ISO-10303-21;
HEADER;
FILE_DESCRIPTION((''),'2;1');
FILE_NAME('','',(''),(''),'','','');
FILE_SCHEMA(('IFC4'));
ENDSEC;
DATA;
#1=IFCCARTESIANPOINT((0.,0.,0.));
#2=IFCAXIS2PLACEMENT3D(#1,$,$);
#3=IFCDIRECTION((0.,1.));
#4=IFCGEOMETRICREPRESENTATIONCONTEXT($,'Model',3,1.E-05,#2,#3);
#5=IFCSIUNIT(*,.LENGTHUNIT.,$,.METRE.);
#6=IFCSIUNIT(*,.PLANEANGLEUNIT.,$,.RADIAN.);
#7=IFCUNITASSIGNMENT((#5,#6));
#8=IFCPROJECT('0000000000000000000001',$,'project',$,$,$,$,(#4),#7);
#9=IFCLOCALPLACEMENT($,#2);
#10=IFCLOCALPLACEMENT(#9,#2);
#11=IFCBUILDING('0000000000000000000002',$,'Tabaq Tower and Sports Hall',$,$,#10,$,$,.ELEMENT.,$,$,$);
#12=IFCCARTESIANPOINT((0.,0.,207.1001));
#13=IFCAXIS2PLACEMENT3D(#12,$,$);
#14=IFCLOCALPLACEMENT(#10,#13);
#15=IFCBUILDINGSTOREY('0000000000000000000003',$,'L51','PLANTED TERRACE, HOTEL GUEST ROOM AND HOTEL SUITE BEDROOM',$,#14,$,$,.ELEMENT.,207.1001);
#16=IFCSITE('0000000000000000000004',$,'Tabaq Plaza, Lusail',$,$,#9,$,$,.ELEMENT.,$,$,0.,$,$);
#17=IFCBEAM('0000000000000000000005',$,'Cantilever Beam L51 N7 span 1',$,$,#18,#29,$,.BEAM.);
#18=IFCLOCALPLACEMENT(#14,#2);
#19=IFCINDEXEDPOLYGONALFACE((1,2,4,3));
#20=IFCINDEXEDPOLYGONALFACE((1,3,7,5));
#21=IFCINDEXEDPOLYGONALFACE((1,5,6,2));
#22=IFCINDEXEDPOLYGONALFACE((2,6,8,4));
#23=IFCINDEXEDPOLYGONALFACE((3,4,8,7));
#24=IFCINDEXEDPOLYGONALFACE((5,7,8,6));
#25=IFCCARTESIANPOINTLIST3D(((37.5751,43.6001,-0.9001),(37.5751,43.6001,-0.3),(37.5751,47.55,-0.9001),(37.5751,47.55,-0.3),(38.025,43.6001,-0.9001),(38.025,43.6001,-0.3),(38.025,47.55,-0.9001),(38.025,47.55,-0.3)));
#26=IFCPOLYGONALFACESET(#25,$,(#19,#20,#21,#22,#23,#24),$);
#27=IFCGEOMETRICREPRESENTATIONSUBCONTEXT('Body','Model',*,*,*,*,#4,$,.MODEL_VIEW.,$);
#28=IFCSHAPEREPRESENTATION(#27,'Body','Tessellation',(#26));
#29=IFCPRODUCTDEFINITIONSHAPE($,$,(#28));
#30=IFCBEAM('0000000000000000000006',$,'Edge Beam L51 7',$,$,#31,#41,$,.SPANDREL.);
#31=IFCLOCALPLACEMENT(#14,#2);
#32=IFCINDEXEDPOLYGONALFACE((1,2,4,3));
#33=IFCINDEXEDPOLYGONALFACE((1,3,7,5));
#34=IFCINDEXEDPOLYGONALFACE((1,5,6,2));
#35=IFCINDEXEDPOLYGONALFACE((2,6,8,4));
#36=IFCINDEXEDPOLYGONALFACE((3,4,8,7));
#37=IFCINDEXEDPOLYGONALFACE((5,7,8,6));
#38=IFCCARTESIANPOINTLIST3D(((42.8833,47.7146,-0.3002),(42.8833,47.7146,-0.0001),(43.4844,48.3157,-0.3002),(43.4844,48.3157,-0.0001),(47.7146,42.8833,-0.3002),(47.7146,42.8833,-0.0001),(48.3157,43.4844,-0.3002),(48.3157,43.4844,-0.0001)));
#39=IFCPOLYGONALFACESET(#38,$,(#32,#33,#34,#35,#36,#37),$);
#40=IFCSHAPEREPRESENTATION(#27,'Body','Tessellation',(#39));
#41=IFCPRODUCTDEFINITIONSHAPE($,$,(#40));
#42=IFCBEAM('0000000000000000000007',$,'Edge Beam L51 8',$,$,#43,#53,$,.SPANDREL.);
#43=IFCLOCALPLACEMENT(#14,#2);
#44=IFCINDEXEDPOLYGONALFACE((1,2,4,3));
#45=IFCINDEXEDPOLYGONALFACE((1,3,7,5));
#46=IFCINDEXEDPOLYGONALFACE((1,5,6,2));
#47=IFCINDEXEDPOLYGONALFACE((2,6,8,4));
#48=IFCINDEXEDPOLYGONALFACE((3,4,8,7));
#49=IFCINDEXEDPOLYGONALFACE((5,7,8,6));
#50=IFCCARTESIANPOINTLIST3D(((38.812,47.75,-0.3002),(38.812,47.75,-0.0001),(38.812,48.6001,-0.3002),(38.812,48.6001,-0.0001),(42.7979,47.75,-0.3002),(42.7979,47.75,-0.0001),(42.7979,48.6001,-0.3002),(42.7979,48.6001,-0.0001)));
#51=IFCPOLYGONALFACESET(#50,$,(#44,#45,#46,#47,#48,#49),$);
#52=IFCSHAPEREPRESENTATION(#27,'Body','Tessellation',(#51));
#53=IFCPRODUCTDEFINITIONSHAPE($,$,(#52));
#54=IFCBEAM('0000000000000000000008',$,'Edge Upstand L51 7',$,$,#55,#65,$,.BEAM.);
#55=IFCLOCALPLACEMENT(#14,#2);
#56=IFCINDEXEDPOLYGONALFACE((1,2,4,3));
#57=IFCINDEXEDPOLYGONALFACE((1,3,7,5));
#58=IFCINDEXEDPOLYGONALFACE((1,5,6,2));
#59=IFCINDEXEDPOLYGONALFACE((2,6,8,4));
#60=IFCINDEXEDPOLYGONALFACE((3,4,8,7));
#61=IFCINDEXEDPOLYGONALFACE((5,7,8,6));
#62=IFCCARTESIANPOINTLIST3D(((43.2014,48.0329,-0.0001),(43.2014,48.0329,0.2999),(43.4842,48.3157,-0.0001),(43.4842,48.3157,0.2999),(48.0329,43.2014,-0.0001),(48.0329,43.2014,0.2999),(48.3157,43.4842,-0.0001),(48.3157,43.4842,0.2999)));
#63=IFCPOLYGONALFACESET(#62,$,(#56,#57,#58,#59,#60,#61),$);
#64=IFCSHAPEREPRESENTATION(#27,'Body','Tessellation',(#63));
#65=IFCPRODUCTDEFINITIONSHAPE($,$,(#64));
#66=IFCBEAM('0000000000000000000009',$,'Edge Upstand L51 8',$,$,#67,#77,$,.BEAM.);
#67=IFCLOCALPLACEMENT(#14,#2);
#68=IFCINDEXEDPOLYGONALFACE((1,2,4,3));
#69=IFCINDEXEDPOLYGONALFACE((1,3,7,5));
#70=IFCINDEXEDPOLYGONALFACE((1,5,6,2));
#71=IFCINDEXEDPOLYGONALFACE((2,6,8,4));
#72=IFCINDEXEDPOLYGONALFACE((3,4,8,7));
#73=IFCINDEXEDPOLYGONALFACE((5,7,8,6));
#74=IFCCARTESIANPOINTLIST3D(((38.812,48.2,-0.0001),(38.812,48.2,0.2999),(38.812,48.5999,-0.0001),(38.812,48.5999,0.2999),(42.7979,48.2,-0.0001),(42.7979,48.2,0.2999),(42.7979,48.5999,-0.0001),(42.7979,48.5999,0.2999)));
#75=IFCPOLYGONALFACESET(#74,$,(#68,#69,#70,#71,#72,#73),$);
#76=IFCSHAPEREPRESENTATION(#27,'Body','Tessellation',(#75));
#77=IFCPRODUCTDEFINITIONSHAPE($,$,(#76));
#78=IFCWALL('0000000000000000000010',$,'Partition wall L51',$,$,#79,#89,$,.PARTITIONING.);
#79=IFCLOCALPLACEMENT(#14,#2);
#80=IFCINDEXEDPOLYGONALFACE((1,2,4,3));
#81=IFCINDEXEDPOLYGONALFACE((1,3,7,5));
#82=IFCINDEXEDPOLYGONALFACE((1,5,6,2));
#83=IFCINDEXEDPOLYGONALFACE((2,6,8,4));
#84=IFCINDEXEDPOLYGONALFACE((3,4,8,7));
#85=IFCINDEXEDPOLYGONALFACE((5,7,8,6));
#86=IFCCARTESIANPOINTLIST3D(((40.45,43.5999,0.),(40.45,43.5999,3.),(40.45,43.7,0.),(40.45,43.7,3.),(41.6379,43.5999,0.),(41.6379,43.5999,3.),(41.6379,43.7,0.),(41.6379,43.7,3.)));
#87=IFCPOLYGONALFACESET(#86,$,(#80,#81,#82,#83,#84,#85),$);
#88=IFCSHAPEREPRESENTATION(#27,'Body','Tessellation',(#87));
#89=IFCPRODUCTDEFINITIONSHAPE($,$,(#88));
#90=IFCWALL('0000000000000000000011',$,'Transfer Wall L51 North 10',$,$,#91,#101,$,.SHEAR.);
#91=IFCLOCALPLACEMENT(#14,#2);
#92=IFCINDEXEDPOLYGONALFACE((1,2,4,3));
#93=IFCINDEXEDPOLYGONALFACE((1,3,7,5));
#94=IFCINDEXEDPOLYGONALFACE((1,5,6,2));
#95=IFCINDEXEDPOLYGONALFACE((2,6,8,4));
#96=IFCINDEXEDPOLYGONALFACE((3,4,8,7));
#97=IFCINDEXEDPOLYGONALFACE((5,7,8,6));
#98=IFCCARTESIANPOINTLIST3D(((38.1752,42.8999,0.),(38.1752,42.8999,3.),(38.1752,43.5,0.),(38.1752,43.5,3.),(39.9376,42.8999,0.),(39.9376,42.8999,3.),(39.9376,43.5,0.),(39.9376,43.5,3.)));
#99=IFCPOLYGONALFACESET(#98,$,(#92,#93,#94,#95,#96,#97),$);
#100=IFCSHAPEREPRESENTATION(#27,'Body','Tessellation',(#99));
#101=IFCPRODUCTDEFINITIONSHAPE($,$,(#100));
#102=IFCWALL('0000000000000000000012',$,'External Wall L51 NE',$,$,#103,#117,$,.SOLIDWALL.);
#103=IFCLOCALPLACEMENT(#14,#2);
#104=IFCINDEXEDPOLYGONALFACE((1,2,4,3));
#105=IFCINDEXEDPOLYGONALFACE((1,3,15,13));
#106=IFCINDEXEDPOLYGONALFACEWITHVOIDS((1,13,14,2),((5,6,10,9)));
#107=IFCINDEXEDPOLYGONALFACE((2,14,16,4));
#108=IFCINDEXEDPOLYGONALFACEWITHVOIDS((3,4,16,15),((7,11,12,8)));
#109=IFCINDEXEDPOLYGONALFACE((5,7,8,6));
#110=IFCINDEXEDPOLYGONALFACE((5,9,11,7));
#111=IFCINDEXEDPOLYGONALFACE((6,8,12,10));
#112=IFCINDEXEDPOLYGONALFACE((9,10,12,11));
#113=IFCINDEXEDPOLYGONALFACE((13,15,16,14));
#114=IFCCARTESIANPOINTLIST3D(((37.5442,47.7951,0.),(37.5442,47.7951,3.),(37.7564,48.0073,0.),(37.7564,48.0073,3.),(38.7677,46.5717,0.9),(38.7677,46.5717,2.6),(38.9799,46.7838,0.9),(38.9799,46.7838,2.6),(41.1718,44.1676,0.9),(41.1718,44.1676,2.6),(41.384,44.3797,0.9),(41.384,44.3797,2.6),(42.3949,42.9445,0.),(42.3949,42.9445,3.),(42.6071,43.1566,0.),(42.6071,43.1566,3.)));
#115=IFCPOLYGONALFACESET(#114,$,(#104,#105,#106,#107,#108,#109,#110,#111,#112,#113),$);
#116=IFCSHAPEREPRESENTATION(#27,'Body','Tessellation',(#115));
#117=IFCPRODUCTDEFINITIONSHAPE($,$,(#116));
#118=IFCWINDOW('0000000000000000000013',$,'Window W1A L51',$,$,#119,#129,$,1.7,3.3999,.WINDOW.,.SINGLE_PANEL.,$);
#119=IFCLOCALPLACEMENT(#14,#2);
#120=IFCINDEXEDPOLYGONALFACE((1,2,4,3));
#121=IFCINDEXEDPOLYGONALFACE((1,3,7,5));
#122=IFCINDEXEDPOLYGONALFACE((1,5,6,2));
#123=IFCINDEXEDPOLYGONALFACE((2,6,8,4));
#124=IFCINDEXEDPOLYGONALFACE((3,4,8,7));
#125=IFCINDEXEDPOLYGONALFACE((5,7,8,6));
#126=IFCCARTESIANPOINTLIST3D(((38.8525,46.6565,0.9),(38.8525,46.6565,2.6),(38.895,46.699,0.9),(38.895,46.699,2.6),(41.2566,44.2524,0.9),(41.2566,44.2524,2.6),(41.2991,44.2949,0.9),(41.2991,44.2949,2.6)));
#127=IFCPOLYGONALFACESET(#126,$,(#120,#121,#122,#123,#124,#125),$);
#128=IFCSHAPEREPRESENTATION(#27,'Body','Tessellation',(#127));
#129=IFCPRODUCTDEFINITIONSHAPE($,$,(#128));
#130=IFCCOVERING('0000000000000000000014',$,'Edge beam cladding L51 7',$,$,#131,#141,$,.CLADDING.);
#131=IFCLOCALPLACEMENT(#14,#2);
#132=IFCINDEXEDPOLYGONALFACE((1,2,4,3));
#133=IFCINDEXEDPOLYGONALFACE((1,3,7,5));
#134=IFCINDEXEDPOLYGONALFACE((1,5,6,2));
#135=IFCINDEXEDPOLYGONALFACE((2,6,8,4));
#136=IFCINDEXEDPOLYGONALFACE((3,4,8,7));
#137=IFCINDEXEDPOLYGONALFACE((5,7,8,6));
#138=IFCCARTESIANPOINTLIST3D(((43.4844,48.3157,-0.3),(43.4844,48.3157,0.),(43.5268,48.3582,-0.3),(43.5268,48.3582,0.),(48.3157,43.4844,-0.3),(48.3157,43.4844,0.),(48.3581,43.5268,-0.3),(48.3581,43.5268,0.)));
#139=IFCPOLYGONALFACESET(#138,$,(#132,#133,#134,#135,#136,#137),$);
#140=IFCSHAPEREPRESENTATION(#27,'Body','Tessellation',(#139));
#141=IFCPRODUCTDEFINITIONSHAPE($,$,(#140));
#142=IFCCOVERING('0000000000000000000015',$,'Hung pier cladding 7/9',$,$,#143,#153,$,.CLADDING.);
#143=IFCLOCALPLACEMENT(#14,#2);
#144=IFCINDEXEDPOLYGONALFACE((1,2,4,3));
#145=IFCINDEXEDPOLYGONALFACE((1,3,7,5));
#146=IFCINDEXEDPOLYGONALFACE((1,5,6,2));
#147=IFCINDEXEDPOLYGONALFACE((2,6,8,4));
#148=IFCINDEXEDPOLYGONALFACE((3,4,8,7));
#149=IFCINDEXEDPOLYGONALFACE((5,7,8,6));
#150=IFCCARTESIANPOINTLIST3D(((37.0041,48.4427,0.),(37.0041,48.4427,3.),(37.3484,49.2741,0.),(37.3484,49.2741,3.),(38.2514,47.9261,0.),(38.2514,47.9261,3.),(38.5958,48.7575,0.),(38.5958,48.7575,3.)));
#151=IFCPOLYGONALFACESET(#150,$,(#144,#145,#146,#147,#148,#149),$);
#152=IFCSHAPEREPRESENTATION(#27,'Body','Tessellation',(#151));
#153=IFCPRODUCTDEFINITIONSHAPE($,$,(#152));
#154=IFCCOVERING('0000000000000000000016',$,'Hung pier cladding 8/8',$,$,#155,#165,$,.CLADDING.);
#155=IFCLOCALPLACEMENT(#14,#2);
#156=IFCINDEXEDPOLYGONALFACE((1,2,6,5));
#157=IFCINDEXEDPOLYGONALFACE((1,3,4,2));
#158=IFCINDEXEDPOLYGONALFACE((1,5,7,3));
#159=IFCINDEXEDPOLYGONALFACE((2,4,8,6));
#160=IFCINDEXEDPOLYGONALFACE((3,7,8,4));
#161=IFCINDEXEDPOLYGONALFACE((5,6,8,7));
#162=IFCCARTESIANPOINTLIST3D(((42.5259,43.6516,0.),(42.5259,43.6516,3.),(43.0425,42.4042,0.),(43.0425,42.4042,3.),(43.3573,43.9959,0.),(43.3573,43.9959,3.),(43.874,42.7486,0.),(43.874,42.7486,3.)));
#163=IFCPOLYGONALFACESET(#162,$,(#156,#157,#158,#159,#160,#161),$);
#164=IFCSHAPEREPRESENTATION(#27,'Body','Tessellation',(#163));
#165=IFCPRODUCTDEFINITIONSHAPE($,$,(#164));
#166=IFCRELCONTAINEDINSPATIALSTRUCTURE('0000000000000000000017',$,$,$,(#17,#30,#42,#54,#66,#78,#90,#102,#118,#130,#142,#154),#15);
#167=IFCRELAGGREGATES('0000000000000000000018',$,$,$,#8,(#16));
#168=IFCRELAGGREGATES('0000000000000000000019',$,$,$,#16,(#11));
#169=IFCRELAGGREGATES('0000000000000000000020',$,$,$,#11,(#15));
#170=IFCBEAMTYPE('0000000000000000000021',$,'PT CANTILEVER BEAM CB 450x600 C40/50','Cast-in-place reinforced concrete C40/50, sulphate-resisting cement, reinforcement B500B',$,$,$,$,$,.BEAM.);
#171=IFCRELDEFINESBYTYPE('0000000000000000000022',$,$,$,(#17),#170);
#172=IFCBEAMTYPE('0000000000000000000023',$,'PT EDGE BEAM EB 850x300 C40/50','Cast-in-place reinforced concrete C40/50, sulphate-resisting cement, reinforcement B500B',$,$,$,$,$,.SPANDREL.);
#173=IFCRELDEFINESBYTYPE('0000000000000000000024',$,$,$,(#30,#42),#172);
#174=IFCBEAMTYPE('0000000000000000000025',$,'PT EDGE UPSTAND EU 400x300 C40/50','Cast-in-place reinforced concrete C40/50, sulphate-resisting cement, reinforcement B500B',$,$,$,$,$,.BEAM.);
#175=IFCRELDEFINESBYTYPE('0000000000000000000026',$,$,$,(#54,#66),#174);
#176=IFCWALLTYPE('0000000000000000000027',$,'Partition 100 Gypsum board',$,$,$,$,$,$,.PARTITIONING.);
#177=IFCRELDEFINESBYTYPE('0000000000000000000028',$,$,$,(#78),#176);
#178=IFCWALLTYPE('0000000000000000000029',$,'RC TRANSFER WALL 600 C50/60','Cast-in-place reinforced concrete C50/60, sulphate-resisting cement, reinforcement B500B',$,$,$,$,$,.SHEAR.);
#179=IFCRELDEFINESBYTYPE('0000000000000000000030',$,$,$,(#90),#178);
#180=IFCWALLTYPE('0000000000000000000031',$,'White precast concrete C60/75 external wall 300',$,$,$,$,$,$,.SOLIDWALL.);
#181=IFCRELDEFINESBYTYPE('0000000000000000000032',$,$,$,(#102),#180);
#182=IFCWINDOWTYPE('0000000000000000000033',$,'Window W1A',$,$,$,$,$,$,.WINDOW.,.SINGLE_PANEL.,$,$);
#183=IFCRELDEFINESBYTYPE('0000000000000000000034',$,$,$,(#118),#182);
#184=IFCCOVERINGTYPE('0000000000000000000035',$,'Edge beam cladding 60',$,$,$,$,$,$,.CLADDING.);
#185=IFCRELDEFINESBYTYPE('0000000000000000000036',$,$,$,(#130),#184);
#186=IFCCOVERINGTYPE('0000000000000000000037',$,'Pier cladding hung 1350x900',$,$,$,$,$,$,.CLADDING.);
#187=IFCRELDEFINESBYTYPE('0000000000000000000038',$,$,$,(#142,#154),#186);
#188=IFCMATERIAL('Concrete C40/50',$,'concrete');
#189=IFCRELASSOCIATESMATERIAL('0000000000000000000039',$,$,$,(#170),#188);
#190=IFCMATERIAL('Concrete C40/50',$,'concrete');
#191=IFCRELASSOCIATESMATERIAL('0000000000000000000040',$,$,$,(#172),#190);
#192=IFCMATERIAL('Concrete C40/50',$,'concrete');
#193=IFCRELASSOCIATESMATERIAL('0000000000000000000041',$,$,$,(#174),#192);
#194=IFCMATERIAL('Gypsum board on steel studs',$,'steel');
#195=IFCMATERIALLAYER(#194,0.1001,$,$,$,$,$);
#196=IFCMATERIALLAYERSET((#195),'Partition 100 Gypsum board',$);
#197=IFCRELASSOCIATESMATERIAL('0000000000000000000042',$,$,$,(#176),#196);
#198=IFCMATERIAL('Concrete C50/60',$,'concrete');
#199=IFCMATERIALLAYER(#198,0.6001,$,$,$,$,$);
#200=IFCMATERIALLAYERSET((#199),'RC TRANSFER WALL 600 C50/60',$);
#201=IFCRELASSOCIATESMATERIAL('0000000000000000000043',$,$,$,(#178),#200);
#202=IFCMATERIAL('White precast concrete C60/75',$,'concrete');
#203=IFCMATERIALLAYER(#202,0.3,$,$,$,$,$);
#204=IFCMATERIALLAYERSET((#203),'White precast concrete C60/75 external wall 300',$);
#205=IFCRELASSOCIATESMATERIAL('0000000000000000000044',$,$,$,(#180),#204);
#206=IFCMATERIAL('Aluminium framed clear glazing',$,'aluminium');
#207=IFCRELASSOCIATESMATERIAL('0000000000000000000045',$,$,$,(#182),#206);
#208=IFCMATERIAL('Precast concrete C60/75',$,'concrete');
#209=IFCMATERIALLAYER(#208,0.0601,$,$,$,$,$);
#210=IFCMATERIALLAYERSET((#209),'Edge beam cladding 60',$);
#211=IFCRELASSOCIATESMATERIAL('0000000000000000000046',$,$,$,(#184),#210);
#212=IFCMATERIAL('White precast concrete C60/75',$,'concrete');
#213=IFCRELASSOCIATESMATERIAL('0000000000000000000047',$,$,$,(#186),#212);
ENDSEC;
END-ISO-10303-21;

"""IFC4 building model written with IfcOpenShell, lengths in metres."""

from ifc_helpers import new_model, si_unit, direction, frame, frame_2d, origin, origin_2d, place, context, subcontext, project, spatial, rectangle, extrude, material, layer, layer_set, material_profile, profile_set, type_object, element, fill, save


model = new_model("IFC4")

# Units and contexts
model_context = context("Model", 3, precision=1e-05, world=origin(), true_north=direction((0.0, 1.0)))
body_context = subcontext(model_context, "Body", "Model", "MODEL_VIEW")
ifc_project = project(units=[si_unit("LENGTHUNIT", "METRE"), si_unit("PLANEANGLEUNIT", "RADIAN")], contexts=[model_context])

# Site, building, storey
site_placement = place(None, origin())
site = spatial("IfcSite", under=ifc_project, at=site_placement, Name="Tabaq Plaza, Lusail", CompositionType="ELEMENT", RefElevation=0.0)
building_placement = place(site_placement, origin())
building = spatial("IfcBuilding", under=site, at=building_placement, Name="Tabaq Tower and Sports Hall", CompositionType="ELEMENT")
storey_placement = place(building_placement, frame((0.0, 0.0, 207.1001)))
storey = spatial("IfcBuildingStorey", under=building, at=storey_placement, Name="L51", Description="PLANTED TERRACE, HOTEL GUEST ROOM AND HOTEL SUITE BEDROOM", CompositionType="ELEMENT", Elevation=207.1001)

# Beams
ifc_material_1 = material(Name="Concrete C40/50", Category="concrete")
ifc_material_profile_1 = material_profile(ifc_material_1, rectangle(XDim=0.45, YDim=0.6001, at=origin_2d()), Name="CB 450x600")
ifc_profile_set_1 = profile_set([ifc_material_profile_1], Name="Concrete C40/50")
beam_type_1 = type_object("IfcBeamType", Name="PT CANTILEVER BEAM CB 450x600 C40/50", Description="Cast-in-place reinforced concrete C40/50, sulphate-resisting cement, reinforcement B500B", PredefinedType="BEAM", material=ifc_profile_set_1)
beam_1_placement = place(storey_placement, frame((37.8, 47.55, -0.6001), z_axis=(0.0, -1.0, 0.0), x_axis=(1.0, 0.0, 0.0)))
element("IfcBeam", 1, at=beam_1_placement, inside=storey, type_object=beam_type_1, Name="Cantilever Beam L51 N7 span 1", PredefinedType="BEAM", context=body_context, shape_type="SweptSolid", body=[
    extrude(rectangle(XDim=0.45, YDim=0.6001, at=origin_2d()), origin(), (0.0, 0.0, 1.0), 3.95),
])
ifc_material_2 = material(Name="Concrete C40/50", Category="concrete")
ifc_material_profile_2 = material_profile(ifc_material_2, rectangle(XDim=0.8501, YDim=0.3, at=origin_2d()), Name="EB 850x300")
ifc_profile_set_2 = profile_set([ifc_material_profile_2], Name="Concrete C40/50")
beam_type_2 = type_object("IfcBeamType", Name="PT EDGE BEAM EB 850x300 C40/50", Description="Cast-in-place reinforced concrete C40/50, sulphate-resisting cement, reinforcement B500B", PredefinedType="SPANDREL", material=ifc_profile_set_2)
beam_2_placement = place(storey_placement, frame((48.0151, 43.1838, -0.1501), z_axis=(-0.707107, 0.707107, 0.0), x_axis=(-0.707107, -0.707107, 0.0)))
element("IfcBeam", 2, at=beam_2_placement, inside=storey, type_object=beam_type_2, Name="Edge Beam L51 7", PredefinedType="SPANDREL", context=body_context, shape_type="SweptSolid", body=[
    extrude(rectangle(XDim=0.8501, YDim=0.3, at=origin_2d()), origin(), (0.0, 0.0, 1.0), 6.8325),
])
beam_3_placement = place(storey_placement, frame((42.7979, 48.175, -0.1501), z_axis=(-1.0, 0.0, 0.0), x_axis=(0.0, -1.0, 0.0)))
element("IfcBeam", 3, at=beam_3_placement, inside=storey, type_object=beam_type_2, Name="Edge Beam L51 8", PredefinedType="SPANDREL", context=body_context, shape_type="SweptSolid", body=[
    extrude(rectangle(XDim=0.8501, YDim=0.3, at=origin_2d()), origin(), (0.0, 0.0, 1.0), 3.9858),
])
ifc_material_3 = material(Name="Concrete C40/50", Category="concrete")
ifc_material_profile_3 = material_profile(ifc_material_3, rectangle(XDim=0.3999, YDim=0.3, at=origin_2d()), Name="EU 400x300")
ifc_profile_set_3 = profile_set([ifc_material_profile_3], Name="Concrete C40/50")
beam_type_3 = type_object("IfcBeamType", Name="PT EDGE UPSTAND EU 400x300 C40/50", Description="Cast-in-place reinforced concrete C40/50, sulphate-resisting cement, reinforcement B500B", PredefinedType="BEAM", material=ifc_profile_set_3)
beam_4_placement = place(storey_placement, frame((48.1743, 43.3428, 0.1499), z_axis=(-0.707107, 0.707107, 0.0), x_axis=(-0.707107, -0.707107, 0.0)))
element("IfcBeam", 4, at=beam_4_placement, inside=storey, type_object=beam_type_3, Name="Edge Upstand L51 7", PredefinedType="BEAM", context=body_context, shape_type="SweptSolid", body=[
    extrude(rectangle(XDim=0.3999, YDim=0.3, at=origin_2d()), origin(), (0.0, 0.0, 1.0), 6.8328),
])
beam_5_placement = place(storey_placement, frame((42.7979, 48.3999, 0.1499), z_axis=(-1.0, 0.0, 0.0), x_axis=(0.0, -1.0, 0.0)))
element("IfcBeam", 5, at=beam_5_placement, inside=storey, type_object=beam_type_3, Name="Edge Upstand L51 8", PredefinedType="BEAM", context=body_context, shape_type="SweptSolid", body=[
    extrude(rectangle(XDim=0.3999, YDim=0.3, at=origin_2d()), origin(), (0.0, 0.0, 1.0), 3.9858),
])

# Walls
ifc_material_4 = material(Name="Gypsum board on steel studs", Category="steel")
ifc_layer_1 = layer(ifc_material_4, 0.1001)
ifc_layer_set_1 = layer_set([ifc_layer_1], Name="Partition 100 Gypsum board")
wall_type_1 = type_object("IfcWallType", Name="Partition 100 Gypsum board", PredefinedType="PARTITIONING", material=ifc_layer_set_1)
wall_1_placement = place(storey_placement, frame((40.45, 43.6499, 0.0), z_axis=(0.0, 0.0, 1.0), x_axis=(1.0, 0.0, 0.0)))
element("IfcWall", 6, at=wall_1_placement, inside=storey, type_object=wall_type_1, Name="Partition wall L51", PredefinedType="PARTITIONING", context=body_context, shape_type="SweptSolid", body=[
    extrude(rectangle(XDim=1.188, YDim=0.1001, at=frame_2d((0.594, 0.0))), origin(), (0.0, 0.0, 1.0), 3.0),
])
ifc_material_5 = material(Name="Concrete C50/60", Category="concrete")
ifc_layer_2 = layer(ifc_material_5, 0.6001)
ifc_layer_set_2 = layer_set([ifc_layer_2], Name="RC TRANSFER WALL 600 C50/60")
wall_type_2 = type_object("IfcWallType", Name="RC TRANSFER WALL 600 C50/60", Description="Cast-in-place reinforced concrete C50/60, sulphate-resisting cement, reinforcement B500B", PredefinedType="SHEAR", material=ifc_layer_set_2)
wall_2_placement = place(storey_placement, frame((38.175, 43.2, 0.0), z_axis=(0.0, 0.0, 1.0), x_axis=(1.0, 0.0, 0.0)))
element("IfcWall", 7, at=wall_2_placement, inside=storey, type_object=wall_type_2, Name="Transfer Wall L51 North 10", PredefinedType="SHEAR", context=body_context, shape_type="SweptSolid", body=[
    extrude(rectangle(XDim=1.7625, YDim=0.6001, at=frame_2d((0.8813, 0.0))), origin(), (0.0, 0.0, 1.0), 3.0),
])

# Wall, opening, window
ifc_material_6 = material(Name="White precast concrete C60/75", Category="concrete")
ifc_layer_3 = layer(ifc_material_6, 0.3)
ifc_layer_set_3 = layer_set([ifc_layer_3], Name="White precast concrete C60/75 external wall 300")
wall_type_3 = type_object("IfcWallType", Name="White precast concrete C60/75 external wall 300", PredefinedType="SOLIDWALL", material=ifc_layer_set_3)
wall_3_placement = place(storey_placement, frame((42.501, 43.0505, 0.0), z_axis=(0.0, 0.0, 1.0), x_axis=(-0.707107, 0.707107, 0.0)))
wall_3 = element("IfcWall", 8, at=wall_3_placement, inside=storey, type_object=wall_type_3, Name="External Wall L51 NE", PredefinedType="SOLIDWALL", context=body_context, shape_type="SweptSolid", body=[
    extrude(rectangle(XDim=6.8599, YDim=0.3, at=frame_2d((3.4299, 0.0))), origin(), (0.0, 0.0, 1.0), 3.0),
])
opening_placement = place(wall_3_placement, frame((1.7297, 0.0, 0.8999)))
opening = element("IfcOpeningElement", 9, at=opening_placement, cuts=wall_3, PredefinedType="OPENING", context=body_context, shape_type="SweptSolid", body=[
    extrude(rectangle(XDim=3.3999, YDim=1.7, at=frame_2d((1.7, 0.8501))), frame((0.0, 0.1602, 0.0), z_axis=(0.0, -1.0, 0.0), x_axis=(1.0, 0.0, 0.0)), (0.0, 0.0, 1.0), 0.3201),
])
ifc_material_7 = material(Name="Aluminium framed clear glazing", Category="aluminium")
window_type = type_object("IfcWindowType", Name="Window W1A", PartitioningType="SINGLE_PANEL", PredefinedType="WINDOW", material=ifc_material_7)
window_placement = place(opening_placement, origin())
window = element("IfcWindow", 10, at=window_placement, inside=storey, type_object=window_type, Name="Window W1A L51", OverallHeight=1.7, OverallWidth=3.3999, PartitioningType="SINGLE_PANEL", PredefinedType="WINDOW", context=body_context, shape_type="SweptSolid", body=[
    extrude(rectangle(XDim=3.3999, YDim=1.7, at=frame_2d((1.7, 0.8501))), frame((0.0, 0.03, 0.0), z_axis=(0.0, -1.0, 0.0), x_axis=(1.0, 0.0, 0.0)), (0.0, 0.0, 1.0), 0.0601),
])
fill(opening, window)

# Covering
ifc_material_8 = material(Name="Precast concrete C60/75", Category="concrete")
ifc_layer_4 = layer(ifc_material_8, 0.0601)
ifc_layer_set_4 = layer_set([ifc_layer_4], Name="Edge beam cladding 60")
covering_type_1 = type_object("IfcCoveringType", Name="Edge beam cladding 60", PredefinedType="CLADDING", material=ifc_layer_set_4)
covering_1_placement = place(storey_placement, frame((48.3369, 43.5056, -0.3), z_axis=(0.0, 0.0, 1.0), x_axis=(-0.707107, 0.707107, 0.0)))
element("IfcCovering", 11, at=covering_1_placement, inside=storey, type_object=covering_type_1, Name="Edge beam cladding L51 7", PredefinedType="CLADDING", context=body_context, shape_type="SweptSolid", body=[
    extrude(rectangle(XDim=6.8325, YDim=0.0601, at=frame_2d((3.4163, 0.0))), origin(), (0.0, 0.0, 1.0), 0.3),
])

# Coverings
ifc_material_9 = material(Name="White precast concrete C60/75", Category="concrete")
covering_type_2 = type_object("IfcCoveringType", Name="Pier cladding hung 1350x900", PredefinedType="CLADDING", material=ifc_material_9)
for number, where, z_axis, x_axis, name in (
    (12, (38.4236, 48.3418, 0.0), (0.0, 0.0, 1.0), (-0.923893, 0.38265, 0.0), "Hung pier cladding 7/9"),
    (13, (43.4583, 42.5764, 0.0), (0.0, 0.0, 1.0), (-0.38265, 0.923893, 0.0), "Hung pier cladding 8/8"),
):
    element("IfcCovering", number, at=place(storey_placement, frame(where, z_axis=z_axis, x_axis=x_axis)), inside=storey, type_object=covering_type_2, Name=name, PredefinedType="CLADDING", context=body_context, shape_type="SweptSolid", body=[
        extrude(rectangle(XDim=1.3501, YDim=0.8999, at=frame_2d((0.675, 0.0))), origin(), (0.0, 0.0, 1.0), 3.0),
    ])

save(model, "model.ifc")
